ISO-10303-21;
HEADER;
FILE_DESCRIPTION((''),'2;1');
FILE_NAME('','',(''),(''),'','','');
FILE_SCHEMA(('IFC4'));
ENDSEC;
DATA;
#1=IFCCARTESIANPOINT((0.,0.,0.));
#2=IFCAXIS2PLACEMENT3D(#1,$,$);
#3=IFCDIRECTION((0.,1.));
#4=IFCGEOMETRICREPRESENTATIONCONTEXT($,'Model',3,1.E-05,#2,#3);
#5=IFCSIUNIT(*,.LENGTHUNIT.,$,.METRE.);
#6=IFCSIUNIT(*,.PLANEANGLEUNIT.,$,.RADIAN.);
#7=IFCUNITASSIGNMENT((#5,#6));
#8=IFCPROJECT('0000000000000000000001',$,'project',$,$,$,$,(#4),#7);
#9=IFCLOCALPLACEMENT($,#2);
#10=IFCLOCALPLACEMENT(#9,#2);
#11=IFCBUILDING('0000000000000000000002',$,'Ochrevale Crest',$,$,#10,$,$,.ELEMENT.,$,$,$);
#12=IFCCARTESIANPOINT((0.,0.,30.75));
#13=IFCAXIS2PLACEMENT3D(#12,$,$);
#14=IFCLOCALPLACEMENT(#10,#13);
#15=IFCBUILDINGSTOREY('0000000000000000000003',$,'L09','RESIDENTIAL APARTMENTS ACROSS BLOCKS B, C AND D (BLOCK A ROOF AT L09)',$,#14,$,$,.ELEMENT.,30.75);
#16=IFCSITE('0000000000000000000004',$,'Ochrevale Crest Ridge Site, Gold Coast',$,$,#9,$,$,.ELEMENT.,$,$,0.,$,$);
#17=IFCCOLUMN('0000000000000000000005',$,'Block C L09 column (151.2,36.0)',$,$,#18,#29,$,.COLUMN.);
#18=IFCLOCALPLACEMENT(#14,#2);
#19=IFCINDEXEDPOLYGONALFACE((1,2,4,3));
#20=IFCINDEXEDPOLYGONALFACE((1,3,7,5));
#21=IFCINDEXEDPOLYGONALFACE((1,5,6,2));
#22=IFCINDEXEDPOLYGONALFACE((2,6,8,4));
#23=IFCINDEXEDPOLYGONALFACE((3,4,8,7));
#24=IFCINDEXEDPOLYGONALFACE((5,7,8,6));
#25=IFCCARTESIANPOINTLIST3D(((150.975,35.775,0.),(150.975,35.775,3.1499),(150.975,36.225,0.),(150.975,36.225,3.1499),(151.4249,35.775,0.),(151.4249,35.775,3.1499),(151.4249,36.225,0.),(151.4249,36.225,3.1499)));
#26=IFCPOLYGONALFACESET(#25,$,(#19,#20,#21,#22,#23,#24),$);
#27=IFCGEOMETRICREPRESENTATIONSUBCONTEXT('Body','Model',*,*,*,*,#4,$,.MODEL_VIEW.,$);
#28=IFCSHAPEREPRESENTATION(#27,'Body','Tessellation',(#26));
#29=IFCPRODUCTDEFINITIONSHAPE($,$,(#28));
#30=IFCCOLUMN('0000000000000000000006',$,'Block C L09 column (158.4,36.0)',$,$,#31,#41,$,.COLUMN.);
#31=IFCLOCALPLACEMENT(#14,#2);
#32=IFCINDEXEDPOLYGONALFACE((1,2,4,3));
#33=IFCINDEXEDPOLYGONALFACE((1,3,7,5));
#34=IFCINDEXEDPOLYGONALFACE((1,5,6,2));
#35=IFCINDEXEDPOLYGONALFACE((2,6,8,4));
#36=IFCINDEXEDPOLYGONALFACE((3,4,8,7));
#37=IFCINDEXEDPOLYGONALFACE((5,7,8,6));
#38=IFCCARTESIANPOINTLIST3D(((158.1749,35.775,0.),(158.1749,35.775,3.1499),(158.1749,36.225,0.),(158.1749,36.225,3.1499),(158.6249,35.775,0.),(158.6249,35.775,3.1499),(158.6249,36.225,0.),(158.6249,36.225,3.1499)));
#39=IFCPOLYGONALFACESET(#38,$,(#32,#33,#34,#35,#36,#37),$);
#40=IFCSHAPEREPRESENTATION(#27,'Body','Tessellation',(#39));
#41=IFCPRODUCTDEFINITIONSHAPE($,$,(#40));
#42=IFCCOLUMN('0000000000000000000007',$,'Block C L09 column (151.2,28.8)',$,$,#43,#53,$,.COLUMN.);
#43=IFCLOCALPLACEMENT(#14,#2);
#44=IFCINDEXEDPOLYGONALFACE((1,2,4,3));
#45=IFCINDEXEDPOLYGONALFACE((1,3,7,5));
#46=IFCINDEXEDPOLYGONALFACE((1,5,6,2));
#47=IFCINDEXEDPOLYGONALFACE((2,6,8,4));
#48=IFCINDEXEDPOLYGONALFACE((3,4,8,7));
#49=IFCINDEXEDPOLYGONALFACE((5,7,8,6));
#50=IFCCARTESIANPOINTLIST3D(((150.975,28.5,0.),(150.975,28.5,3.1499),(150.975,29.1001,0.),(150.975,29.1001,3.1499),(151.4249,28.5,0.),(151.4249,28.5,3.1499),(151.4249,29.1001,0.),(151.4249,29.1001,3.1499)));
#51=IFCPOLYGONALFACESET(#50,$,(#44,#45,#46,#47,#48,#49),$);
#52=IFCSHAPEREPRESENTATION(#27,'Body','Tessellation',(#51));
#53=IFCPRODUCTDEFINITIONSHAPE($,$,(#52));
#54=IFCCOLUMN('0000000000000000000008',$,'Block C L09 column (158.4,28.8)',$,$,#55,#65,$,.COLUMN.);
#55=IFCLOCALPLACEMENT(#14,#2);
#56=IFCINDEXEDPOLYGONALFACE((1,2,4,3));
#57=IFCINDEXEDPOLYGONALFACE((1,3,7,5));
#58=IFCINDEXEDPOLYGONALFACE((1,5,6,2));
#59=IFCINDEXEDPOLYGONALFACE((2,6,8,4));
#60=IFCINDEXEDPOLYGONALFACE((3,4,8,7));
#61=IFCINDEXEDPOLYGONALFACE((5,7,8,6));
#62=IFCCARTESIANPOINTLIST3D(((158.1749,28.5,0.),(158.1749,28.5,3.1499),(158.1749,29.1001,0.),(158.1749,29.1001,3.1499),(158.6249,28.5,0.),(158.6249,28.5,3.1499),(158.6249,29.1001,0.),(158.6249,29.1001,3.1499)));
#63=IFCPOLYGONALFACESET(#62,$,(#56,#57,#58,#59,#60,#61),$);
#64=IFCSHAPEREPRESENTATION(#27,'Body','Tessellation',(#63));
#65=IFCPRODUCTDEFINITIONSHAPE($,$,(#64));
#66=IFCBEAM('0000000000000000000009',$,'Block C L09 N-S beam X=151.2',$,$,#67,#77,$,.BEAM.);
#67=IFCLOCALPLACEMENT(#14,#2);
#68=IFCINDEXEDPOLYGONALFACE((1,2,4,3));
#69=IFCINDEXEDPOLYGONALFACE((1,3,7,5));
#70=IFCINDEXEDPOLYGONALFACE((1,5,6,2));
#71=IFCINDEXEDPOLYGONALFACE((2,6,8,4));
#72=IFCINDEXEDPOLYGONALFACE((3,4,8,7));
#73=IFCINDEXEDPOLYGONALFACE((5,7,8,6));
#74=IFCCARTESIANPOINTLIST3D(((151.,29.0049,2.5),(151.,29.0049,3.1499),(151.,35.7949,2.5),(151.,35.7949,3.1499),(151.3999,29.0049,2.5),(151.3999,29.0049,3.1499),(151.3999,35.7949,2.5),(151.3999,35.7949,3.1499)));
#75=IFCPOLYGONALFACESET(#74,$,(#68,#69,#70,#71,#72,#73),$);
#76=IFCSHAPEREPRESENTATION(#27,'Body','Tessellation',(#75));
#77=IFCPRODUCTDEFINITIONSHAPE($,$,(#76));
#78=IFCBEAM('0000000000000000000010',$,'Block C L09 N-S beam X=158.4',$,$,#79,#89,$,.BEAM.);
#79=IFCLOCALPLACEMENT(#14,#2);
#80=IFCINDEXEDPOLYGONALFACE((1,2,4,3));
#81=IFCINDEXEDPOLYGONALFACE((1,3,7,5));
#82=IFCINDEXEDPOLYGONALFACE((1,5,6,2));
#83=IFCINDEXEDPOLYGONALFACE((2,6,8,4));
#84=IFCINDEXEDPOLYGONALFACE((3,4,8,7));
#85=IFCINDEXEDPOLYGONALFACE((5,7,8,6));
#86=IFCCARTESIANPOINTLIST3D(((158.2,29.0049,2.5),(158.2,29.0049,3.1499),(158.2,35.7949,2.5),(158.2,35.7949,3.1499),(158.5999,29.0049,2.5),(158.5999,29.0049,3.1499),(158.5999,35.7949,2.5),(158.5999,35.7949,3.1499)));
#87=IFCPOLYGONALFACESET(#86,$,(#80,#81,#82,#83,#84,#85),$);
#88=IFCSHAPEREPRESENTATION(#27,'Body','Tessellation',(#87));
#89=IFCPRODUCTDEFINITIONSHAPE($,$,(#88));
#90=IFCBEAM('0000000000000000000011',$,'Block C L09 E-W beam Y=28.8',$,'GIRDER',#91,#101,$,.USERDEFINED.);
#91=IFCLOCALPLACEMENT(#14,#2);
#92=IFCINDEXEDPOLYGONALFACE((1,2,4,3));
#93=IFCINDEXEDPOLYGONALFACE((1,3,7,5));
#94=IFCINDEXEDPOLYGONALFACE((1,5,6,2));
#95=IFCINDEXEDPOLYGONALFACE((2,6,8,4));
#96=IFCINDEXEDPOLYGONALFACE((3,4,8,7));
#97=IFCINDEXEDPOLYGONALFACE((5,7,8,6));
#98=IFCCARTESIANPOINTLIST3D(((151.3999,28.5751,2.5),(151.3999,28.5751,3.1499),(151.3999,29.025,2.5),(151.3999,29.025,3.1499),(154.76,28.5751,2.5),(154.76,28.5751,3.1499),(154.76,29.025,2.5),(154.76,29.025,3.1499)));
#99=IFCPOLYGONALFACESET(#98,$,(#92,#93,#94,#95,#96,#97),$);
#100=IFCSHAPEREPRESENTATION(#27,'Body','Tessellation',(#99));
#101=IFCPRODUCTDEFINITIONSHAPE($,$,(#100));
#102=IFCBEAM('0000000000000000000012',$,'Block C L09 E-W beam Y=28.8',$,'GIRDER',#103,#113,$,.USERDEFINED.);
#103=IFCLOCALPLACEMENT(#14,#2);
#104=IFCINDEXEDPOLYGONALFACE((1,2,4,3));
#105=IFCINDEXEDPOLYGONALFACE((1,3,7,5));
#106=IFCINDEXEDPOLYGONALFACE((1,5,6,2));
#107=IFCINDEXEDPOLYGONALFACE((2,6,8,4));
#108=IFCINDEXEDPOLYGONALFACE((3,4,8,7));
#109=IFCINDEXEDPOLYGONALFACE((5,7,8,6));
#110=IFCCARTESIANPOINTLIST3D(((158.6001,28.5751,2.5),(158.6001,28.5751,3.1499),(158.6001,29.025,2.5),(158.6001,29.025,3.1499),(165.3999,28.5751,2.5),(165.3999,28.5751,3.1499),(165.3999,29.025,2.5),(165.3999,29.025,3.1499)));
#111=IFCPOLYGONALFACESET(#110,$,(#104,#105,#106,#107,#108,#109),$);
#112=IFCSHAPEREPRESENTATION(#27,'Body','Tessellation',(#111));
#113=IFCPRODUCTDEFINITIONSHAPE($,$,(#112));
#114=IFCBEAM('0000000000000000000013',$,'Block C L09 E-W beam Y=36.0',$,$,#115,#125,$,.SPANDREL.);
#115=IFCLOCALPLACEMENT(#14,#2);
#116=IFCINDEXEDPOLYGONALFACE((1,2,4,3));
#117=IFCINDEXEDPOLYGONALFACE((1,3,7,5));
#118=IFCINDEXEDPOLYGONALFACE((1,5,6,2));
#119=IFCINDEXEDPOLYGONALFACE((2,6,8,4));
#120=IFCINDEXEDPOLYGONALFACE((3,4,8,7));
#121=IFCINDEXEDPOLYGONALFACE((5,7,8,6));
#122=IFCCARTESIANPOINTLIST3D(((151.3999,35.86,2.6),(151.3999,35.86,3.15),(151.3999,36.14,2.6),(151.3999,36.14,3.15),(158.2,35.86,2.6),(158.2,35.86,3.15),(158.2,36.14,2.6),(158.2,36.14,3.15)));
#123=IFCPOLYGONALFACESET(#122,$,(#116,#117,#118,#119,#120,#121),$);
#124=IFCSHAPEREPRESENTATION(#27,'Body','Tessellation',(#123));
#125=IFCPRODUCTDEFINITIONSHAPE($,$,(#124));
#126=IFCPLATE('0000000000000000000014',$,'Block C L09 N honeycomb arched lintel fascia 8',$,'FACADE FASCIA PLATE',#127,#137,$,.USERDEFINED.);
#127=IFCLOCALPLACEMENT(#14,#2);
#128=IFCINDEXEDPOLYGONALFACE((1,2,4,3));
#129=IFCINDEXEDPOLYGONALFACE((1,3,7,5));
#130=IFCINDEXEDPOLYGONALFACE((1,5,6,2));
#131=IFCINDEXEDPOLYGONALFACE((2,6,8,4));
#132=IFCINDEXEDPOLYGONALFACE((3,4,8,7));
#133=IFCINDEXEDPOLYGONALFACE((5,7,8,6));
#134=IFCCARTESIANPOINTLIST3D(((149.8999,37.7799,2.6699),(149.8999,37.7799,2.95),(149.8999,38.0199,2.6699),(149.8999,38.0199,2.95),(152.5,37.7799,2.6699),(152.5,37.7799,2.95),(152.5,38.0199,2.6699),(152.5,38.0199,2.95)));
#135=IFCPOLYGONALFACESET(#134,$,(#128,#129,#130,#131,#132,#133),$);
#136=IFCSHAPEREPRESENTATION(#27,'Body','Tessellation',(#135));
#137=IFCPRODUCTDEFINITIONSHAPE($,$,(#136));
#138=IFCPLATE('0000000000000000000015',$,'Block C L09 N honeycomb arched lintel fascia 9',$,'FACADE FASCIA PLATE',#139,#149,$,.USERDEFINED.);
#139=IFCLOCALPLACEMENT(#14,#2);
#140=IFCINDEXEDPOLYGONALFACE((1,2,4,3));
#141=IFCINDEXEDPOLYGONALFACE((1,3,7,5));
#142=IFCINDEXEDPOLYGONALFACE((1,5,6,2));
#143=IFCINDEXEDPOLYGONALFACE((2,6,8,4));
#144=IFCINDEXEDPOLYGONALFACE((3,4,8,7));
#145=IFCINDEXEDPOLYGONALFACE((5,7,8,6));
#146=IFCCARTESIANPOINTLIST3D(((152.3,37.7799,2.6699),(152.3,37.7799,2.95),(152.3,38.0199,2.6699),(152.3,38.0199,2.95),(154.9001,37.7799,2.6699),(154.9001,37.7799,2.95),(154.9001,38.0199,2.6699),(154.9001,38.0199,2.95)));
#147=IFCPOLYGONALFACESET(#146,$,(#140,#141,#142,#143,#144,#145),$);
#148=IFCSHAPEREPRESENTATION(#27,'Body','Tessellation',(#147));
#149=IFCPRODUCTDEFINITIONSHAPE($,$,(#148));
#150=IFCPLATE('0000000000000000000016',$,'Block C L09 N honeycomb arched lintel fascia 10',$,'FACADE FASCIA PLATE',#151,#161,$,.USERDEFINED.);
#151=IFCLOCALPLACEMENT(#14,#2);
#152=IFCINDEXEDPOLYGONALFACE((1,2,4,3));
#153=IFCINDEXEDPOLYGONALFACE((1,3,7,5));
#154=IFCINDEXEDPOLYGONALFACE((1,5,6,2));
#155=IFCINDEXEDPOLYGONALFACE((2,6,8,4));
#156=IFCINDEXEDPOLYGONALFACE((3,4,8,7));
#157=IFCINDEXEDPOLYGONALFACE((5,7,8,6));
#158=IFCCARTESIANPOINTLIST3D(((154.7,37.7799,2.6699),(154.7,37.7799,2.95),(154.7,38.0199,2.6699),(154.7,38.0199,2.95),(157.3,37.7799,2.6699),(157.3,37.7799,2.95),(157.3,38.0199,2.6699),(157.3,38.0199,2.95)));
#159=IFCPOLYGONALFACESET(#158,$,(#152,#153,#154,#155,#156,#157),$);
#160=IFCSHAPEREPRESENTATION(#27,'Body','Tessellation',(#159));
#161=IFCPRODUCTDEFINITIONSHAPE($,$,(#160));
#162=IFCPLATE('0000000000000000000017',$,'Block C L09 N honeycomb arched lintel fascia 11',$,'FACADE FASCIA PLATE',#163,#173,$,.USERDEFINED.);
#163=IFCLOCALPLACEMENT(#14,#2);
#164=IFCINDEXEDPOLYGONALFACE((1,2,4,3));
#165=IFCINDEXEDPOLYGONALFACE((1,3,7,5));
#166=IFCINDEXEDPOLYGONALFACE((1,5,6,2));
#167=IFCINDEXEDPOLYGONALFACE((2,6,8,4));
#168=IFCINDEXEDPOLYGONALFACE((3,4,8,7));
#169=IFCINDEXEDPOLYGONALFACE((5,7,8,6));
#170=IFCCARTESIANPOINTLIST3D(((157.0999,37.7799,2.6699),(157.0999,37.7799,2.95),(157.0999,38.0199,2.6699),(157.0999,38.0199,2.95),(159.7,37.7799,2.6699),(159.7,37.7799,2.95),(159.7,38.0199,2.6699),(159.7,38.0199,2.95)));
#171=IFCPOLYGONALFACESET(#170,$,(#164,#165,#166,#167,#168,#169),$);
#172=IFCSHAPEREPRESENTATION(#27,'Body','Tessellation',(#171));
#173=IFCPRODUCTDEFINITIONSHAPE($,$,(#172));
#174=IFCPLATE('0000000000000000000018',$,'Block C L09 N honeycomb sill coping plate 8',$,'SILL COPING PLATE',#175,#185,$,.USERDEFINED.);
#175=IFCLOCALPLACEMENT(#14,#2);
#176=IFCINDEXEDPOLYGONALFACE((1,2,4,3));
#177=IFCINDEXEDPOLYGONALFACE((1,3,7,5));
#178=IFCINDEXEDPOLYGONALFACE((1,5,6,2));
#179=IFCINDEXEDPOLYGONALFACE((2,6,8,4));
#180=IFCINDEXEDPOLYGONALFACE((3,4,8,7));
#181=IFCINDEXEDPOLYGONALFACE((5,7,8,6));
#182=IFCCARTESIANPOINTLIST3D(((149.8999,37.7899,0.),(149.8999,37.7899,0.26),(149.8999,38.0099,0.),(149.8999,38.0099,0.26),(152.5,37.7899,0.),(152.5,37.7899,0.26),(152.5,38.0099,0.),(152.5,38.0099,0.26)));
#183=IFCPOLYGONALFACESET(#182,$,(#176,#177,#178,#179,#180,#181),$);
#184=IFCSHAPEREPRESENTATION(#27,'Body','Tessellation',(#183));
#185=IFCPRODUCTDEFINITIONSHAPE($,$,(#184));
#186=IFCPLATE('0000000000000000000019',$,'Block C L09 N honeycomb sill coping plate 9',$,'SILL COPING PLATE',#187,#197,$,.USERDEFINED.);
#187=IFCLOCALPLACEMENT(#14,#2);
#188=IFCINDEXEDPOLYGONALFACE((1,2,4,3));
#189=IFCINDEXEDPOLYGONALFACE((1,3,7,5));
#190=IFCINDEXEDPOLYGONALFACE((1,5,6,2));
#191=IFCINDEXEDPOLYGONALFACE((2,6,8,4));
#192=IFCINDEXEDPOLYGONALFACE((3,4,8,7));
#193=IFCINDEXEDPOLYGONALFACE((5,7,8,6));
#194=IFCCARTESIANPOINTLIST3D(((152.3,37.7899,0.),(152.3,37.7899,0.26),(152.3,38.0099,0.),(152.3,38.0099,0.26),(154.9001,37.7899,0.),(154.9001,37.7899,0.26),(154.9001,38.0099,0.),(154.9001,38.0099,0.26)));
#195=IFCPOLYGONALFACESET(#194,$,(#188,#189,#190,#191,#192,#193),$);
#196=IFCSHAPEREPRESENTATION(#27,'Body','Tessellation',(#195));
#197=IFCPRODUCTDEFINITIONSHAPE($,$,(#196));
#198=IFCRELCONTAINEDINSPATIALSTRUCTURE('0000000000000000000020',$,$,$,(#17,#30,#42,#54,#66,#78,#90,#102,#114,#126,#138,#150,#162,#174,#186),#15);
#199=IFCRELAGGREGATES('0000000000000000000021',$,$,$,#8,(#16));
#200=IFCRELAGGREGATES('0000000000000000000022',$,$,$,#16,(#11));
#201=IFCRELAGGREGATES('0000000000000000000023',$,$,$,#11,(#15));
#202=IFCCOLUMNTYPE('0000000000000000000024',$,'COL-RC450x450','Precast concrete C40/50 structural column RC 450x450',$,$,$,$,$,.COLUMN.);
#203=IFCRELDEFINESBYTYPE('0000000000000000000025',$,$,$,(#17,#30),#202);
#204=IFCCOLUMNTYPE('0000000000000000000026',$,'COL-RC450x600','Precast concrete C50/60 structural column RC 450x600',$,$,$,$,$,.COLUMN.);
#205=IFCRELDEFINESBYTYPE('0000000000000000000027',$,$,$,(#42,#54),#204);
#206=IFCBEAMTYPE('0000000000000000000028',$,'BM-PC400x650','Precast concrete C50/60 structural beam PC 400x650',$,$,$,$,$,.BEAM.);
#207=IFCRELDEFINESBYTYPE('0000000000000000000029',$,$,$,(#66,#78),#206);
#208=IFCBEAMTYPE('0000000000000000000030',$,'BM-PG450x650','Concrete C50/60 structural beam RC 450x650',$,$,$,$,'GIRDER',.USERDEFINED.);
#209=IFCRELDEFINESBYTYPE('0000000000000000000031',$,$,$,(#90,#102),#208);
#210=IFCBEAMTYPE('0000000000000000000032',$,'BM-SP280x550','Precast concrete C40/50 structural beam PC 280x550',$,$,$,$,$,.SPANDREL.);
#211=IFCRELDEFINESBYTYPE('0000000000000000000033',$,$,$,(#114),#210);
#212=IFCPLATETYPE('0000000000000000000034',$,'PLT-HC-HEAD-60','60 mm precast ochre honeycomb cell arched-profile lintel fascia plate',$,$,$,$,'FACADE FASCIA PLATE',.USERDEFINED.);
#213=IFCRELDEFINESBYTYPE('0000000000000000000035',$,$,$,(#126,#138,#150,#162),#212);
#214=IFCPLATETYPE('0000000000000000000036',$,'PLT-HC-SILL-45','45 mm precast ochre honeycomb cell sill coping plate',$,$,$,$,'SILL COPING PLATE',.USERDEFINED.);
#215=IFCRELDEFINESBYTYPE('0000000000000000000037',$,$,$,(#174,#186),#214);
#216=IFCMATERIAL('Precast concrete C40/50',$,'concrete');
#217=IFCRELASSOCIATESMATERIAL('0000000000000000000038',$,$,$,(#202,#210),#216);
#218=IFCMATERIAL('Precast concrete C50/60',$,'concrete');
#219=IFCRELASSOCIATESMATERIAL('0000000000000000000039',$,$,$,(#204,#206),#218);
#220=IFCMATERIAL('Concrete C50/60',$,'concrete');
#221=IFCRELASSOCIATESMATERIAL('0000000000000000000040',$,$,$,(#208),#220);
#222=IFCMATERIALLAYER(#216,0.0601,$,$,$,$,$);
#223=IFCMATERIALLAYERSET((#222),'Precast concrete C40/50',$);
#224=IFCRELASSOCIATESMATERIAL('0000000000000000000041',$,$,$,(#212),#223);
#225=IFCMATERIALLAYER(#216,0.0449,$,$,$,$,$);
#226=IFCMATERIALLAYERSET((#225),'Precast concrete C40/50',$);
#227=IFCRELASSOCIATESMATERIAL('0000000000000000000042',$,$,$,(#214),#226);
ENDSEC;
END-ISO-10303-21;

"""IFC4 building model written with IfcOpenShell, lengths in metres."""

from ifc_helpers import new_model, si_unit, direction, frame, origin, origin_2d, place, context, subcontext, project, spatial, rectangle, extrude, material, layer, layer_set, material_profile, profile_set, type_object, element, save


model = new_model("IFC4")

# Units and contexts
model_context = context("Model", 3, precision=1e-05, world=origin(), true_north=direction((0.0, 1.0)))
body_context = subcontext(model_context, "Body", "Model", "MODEL_VIEW")
ifc_project = project(units=[si_unit("LENGTHUNIT", "METRE"), si_unit("PLANEANGLEUNIT", "RADIAN")], contexts=[model_context])

# Site, building, storey
site_placement = place(None, origin())
site = spatial("IfcSite", under=ifc_project, at=site_placement, Name="Ochrevale Crest Ridge Site, Gold Coast", CompositionType="ELEMENT", RefElevation=0.0)
building_placement = place(site_placement, origin())
building = spatial("IfcBuilding", under=site, at=building_placement, Name="Ochrevale Crest", CompositionType="ELEMENT")
storey_placement = place(building_placement, frame((0.0, 0.0, 30.75)))
storey = spatial("IfcBuildingStorey", under=building, at=storey_placement, Name="L09", Description="RESIDENTIAL APARTMENTS ACROSS BLOCKS B, C AND D (BLOCK A ROOF AT L09)", CompositionType="ELEMENT", Elevation=30.75)

# Columns
ifc_material_1 = material(Name="Precast concrete C40/50", Category="concrete")
ifc_material_profile_1 = material_profile(ifc_material_1, rectangle(XDim=0.45, YDim=0.45, at=origin_2d()), Name="RC 450x450")
ifc_profile_set_1 = profile_set([ifc_material_profile_1], Name="Precast concrete C40/50")
column_type_1 = type_object("IfcColumnType", Name="COL-RC450x450", Description="Precast concrete C40/50 structural column RC 450x450", PredefinedType="COLUMN", material=ifc_profile_set_1)
for number, where, z_axis, x_axis, name in (
    (1, (151.2, 36.0, 0.0), (0.0, 0.0, 1.0), (1.0, 0.0, 0.0), "Block C L09 column (151.2,36.0)"),
    (2, (158.3999, 36.0, 0.0), (0.0, 0.0, 1.0), (1.0, 0.0, 0.0), "Block C L09 column (158.4,36.0)"),
):
    element("IfcColumn", number, at=place(storey_placement, frame(where, z_axis=z_axis, x_axis=x_axis)), inside=storey, type_object=column_type_1, Name=name, PredefinedType="COLUMN", context=body_context, shape_type="SweptSolid", body=[
        extrude(rectangle(XDim=0.45, YDim=0.45, at=origin_2d()), origin(), (0.0, 0.0, 1.0), 3.1499),
    ])
ifc_material_2 = material(Name="Precast concrete C50/60", Category="concrete")
ifc_material_profile_2 = material_profile(ifc_material_2, rectangle(XDim=0.45, YDim=0.6001, at=origin_2d()), Name="RC 450x600")
ifc_profile_set_2 = profile_set([ifc_material_profile_2], Name="Precast concrete C50/60")
column_type_2 = type_object("IfcColumnType", Name="COL-RC450x600", Description="Precast concrete C50/60 structural column RC 450x600", PredefinedType="COLUMN", material=ifc_profile_set_2)
for number, where, z_axis, x_axis, name in (
    (3, (151.2, 28.8, 0.0), (0.0, 0.0, 1.0), (1.0, 0.0, 0.0), "Block C L09 column (151.2,28.8)"),
    (4, (158.3999, 28.8, 0.0), (0.0, 0.0, 1.0), (1.0, 0.0, 0.0), "Block C L09 column (158.4,28.8)"),
):
    element("IfcColumn", number, at=place(storey_placement, frame(where, z_axis=z_axis, x_axis=x_axis)), inside=storey, type_object=column_type_2, Name=name, PredefinedType="COLUMN", context=body_context, shape_type="SweptSolid", body=[
        extrude(rectangle(XDim=0.45, YDim=0.6001, at=origin_2d()), origin(), (0.0, 0.0, 1.0), 3.1499),
    ])

# Beams
ifc_material_profile_3 = material_profile(ifc_material_2, rectangle(XDim=0.3999, YDim=0.6499, at=origin_2d()), Name="PC 400x650")
ifc_profile_set_3 = profile_set([ifc_material_profile_3], Name="Precast concrete C50/60")
beam_type_1 = type_object("IfcBeamType", Name="BM-PC400x650", Description="Precast concrete C50/60 structural beam PC 400x650", PredefinedType="BEAM", material=ifc_profile_set_3)
for number, where, z_axis, x_axis, name in (
    (5, (151.2, 29.0049, 2.825), (0.0, 1.0, 0.0), (-1.0, 0.0, 0.0), "Block C L09 N-S beam X=151.2"),
    (6, (158.3999, 29.0049, 2.825), (0.0, 1.0, 0.0), (-1.0, 0.0, 0.0), "Block C L09 N-S beam X=158.4"),
):
    element("IfcBeam", number, at=place(storey_placement, frame(where, z_axis=z_axis, x_axis=x_axis)), inside=storey, type_object=beam_type_1, Name=name, PredefinedType="BEAM", context=body_context, shape_type="SweptSolid", body=[
        extrude(rectangle(XDim=0.3999, YDim=0.6499, at=origin_2d()), origin(), (0.0, 0.0, 1.0), 6.79),
    ])
ifc_material_3 = material(Name="Concrete C50/60", Category="concrete")
ifc_material_profile_4 = material_profile(ifc_material_3, rectangle(XDim=0.45, YDim=0.6499, at=origin_2d()), Name="RC 450x650")
ifc_profile_set_4 = profile_set([ifc_material_profile_4], Name="Concrete C50/60")
beam_type_2 = type_object("IfcBeamType", Name="BM-PG450x650", Description="Concrete C50/60 structural beam RC 450x650", ElementType="GIRDER", PredefinedType="USERDEFINED", material=ifc_profile_set_4)
beam_1_placement = place(storey_placement, frame((151.3999, 28.8, 2.825), z_axis=(1.0, 0.0, 0.0), x_axis=(0.0, 1.0, 0.0)))
element("IfcBeam", 7, at=beam_1_placement, inside=storey, type_object=beam_type_2, Name="Block C L09 E-W beam Y=28.8", ObjectType="GIRDER", PredefinedType="USERDEFINED", context=body_context, shape_type="SweptSolid", body=[
    extrude(rectangle(XDim=0.45, YDim=0.6499, at=origin_2d()), origin(), (0.0, 0.0, 1.0), 3.3601),
])
beam_2_placement = place(storey_placement, frame((158.6001, 28.8, 2.825), z_axis=(1.0, 0.0, 0.0), x_axis=(0.0, 1.0, 0.0)))
element("IfcBeam", 8, at=beam_2_placement, inside=storey, type_object=beam_type_2, Name="Block C L09 E-W beam Y=28.8", ObjectType="GIRDER", PredefinedType="USERDEFINED", context=body_context, shape_type="SweptSolid", body=[
    extrude(rectangle(XDim=0.45, YDim=0.6499, at=origin_2d()), origin(), (0.0, 0.0, 1.0), 6.7998),
])
ifc_material_profile_5 = material_profile(ifc_material_1, rectangle(XDim=0.28, YDim=0.55, at=origin_2d()), Name="PC 280x550")
ifc_profile_set_5 = profile_set([ifc_material_profile_5], Name="Precast concrete C40/50")
beam_type_3 = type_object("IfcBeamType", Name="BM-SP280x550", Description="Precast concrete C40/50 structural beam PC 280x550", PredefinedType="SPANDREL", material=ifc_profile_set_5)
beam_3_placement = place(storey_placement, frame((151.3999, 36.0, 2.875), z_axis=(1.0, 0.0, 0.0), x_axis=(0.0, 1.0, 0.0)))
element("IfcBeam", 9, at=beam_3_placement, inside=storey, type_object=beam_type_3, Name="Block C L09 E-W beam Y=36.0", PredefinedType="SPANDREL", context=body_context, shape_type="SweptSolid", body=[
    extrude(rectangle(XDim=0.28, YDim=0.55, at=origin_2d()), origin(), (0.0, 0.0, 1.0), 6.8),
])

# Plates
ifc_layer_1 = layer(ifc_material_1, 0.0601)
ifc_layer_set_1 = layer_set([ifc_layer_1], Name="Precast concrete C40/50")
plate_type_1 = type_object("IfcPlateType", Name="PLT-HC-HEAD-60", Description="60 mm precast ochre honeycomb cell arched-profile lintel fascia plate", ElementType="FACADE FASCIA PLATE", PredefinedType="USERDEFINED", material=ifc_layer_set_1)
for number, where, z_axis, x_axis, name in (
    (10, (151.2, 37.8999, 2.6699), (0.0, 0.0, 1.0), (1.0, 0.0, 0.0), "Block C L09 N honeycomb arched lintel fascia 8"),
    (11, (153.6001, 37.8999, 2.6699), (0.0, 0.0, 1.0), (1.0, 0.0, 0.0), "Block C L09 N honeycomb arched lintel fascia 9"),
    (12, (156.0, 37.8999, 2.6699), (0.0, 0.0, 1.0), (1.0, 0.0, 0.0), "Block C L09 N honeycomb arched lintel fascia 10"),
    (13, (158.3999, 37.8999, 2.6699), (0.0, 0.0, 1.0), (1.0, 0.0, 0.0), "Block C L09 N honeycomb arched lintel fascia 11"),
):
    element("IfcPlate", number, at=place(storey_placement, frame(where, z_axis=z_axis, x_axis=x_axis)), inside=storey, type_object=plate_type_1, Name=name, ObjectType="FACADE FASCIA PLATE", PredefinedType="USERDEFINED", context=body_context, shape_type="SweptSolid", body=[
        extrude(rectangle(XDim=2.6001, YDim=0.24, at=origin_2d()), origin(), (0.0, 0.0, 1.0), 0.28),
    ])
ifc_layer_2 = layer(ifc_material_1, 0.0449)
ifc_layer_set_2 = layer_set([ifc_layer_2], Name="Precast concrete C40/50")
plate_type_2 = type_object("IfcPlateType", Name="PLT-HC-SILL-45", Description="45 mm precast ochre honeycomb cell sill coping plate", ElementType="SILL COPING PLATE", PredefinedType="USERDEFINED", material=ifc_layer_set_2)
for number, where, z_axis, x_axis, name in (
    (14, (151.2, 37.8999, 0.0), (0.0, 0.0, 1.0), (1.0, 0.0, 0.0), "Block C L09 N honeycomb sill coping plate 8"),
    (15, (153.6001, 37.8999, 0.0), (0.0, 0.0, 1.0), (1.0, 0.0, 0.0), "Block C L09 N honeycomb sill coping plate 9"),
):
    element("IfcPlate", number, at=place(storey_placement, frame(where, z_axis=z_axis, x_axis=x_axis)), inside=storey, type_object=plate_type_2, Name=name, ObjectType="SILL COPING PLATE", PredefinedType="USERDEFINED", context=body_context, shape_type="SweptSolid", body=[
        extrude(rectangle(XDim=2.6001, YDim=0.22, at=origin_2d()), origin(), (0.0, 0.0, 1.0), 0.26),
    ])

save(model, "model.ifc")
